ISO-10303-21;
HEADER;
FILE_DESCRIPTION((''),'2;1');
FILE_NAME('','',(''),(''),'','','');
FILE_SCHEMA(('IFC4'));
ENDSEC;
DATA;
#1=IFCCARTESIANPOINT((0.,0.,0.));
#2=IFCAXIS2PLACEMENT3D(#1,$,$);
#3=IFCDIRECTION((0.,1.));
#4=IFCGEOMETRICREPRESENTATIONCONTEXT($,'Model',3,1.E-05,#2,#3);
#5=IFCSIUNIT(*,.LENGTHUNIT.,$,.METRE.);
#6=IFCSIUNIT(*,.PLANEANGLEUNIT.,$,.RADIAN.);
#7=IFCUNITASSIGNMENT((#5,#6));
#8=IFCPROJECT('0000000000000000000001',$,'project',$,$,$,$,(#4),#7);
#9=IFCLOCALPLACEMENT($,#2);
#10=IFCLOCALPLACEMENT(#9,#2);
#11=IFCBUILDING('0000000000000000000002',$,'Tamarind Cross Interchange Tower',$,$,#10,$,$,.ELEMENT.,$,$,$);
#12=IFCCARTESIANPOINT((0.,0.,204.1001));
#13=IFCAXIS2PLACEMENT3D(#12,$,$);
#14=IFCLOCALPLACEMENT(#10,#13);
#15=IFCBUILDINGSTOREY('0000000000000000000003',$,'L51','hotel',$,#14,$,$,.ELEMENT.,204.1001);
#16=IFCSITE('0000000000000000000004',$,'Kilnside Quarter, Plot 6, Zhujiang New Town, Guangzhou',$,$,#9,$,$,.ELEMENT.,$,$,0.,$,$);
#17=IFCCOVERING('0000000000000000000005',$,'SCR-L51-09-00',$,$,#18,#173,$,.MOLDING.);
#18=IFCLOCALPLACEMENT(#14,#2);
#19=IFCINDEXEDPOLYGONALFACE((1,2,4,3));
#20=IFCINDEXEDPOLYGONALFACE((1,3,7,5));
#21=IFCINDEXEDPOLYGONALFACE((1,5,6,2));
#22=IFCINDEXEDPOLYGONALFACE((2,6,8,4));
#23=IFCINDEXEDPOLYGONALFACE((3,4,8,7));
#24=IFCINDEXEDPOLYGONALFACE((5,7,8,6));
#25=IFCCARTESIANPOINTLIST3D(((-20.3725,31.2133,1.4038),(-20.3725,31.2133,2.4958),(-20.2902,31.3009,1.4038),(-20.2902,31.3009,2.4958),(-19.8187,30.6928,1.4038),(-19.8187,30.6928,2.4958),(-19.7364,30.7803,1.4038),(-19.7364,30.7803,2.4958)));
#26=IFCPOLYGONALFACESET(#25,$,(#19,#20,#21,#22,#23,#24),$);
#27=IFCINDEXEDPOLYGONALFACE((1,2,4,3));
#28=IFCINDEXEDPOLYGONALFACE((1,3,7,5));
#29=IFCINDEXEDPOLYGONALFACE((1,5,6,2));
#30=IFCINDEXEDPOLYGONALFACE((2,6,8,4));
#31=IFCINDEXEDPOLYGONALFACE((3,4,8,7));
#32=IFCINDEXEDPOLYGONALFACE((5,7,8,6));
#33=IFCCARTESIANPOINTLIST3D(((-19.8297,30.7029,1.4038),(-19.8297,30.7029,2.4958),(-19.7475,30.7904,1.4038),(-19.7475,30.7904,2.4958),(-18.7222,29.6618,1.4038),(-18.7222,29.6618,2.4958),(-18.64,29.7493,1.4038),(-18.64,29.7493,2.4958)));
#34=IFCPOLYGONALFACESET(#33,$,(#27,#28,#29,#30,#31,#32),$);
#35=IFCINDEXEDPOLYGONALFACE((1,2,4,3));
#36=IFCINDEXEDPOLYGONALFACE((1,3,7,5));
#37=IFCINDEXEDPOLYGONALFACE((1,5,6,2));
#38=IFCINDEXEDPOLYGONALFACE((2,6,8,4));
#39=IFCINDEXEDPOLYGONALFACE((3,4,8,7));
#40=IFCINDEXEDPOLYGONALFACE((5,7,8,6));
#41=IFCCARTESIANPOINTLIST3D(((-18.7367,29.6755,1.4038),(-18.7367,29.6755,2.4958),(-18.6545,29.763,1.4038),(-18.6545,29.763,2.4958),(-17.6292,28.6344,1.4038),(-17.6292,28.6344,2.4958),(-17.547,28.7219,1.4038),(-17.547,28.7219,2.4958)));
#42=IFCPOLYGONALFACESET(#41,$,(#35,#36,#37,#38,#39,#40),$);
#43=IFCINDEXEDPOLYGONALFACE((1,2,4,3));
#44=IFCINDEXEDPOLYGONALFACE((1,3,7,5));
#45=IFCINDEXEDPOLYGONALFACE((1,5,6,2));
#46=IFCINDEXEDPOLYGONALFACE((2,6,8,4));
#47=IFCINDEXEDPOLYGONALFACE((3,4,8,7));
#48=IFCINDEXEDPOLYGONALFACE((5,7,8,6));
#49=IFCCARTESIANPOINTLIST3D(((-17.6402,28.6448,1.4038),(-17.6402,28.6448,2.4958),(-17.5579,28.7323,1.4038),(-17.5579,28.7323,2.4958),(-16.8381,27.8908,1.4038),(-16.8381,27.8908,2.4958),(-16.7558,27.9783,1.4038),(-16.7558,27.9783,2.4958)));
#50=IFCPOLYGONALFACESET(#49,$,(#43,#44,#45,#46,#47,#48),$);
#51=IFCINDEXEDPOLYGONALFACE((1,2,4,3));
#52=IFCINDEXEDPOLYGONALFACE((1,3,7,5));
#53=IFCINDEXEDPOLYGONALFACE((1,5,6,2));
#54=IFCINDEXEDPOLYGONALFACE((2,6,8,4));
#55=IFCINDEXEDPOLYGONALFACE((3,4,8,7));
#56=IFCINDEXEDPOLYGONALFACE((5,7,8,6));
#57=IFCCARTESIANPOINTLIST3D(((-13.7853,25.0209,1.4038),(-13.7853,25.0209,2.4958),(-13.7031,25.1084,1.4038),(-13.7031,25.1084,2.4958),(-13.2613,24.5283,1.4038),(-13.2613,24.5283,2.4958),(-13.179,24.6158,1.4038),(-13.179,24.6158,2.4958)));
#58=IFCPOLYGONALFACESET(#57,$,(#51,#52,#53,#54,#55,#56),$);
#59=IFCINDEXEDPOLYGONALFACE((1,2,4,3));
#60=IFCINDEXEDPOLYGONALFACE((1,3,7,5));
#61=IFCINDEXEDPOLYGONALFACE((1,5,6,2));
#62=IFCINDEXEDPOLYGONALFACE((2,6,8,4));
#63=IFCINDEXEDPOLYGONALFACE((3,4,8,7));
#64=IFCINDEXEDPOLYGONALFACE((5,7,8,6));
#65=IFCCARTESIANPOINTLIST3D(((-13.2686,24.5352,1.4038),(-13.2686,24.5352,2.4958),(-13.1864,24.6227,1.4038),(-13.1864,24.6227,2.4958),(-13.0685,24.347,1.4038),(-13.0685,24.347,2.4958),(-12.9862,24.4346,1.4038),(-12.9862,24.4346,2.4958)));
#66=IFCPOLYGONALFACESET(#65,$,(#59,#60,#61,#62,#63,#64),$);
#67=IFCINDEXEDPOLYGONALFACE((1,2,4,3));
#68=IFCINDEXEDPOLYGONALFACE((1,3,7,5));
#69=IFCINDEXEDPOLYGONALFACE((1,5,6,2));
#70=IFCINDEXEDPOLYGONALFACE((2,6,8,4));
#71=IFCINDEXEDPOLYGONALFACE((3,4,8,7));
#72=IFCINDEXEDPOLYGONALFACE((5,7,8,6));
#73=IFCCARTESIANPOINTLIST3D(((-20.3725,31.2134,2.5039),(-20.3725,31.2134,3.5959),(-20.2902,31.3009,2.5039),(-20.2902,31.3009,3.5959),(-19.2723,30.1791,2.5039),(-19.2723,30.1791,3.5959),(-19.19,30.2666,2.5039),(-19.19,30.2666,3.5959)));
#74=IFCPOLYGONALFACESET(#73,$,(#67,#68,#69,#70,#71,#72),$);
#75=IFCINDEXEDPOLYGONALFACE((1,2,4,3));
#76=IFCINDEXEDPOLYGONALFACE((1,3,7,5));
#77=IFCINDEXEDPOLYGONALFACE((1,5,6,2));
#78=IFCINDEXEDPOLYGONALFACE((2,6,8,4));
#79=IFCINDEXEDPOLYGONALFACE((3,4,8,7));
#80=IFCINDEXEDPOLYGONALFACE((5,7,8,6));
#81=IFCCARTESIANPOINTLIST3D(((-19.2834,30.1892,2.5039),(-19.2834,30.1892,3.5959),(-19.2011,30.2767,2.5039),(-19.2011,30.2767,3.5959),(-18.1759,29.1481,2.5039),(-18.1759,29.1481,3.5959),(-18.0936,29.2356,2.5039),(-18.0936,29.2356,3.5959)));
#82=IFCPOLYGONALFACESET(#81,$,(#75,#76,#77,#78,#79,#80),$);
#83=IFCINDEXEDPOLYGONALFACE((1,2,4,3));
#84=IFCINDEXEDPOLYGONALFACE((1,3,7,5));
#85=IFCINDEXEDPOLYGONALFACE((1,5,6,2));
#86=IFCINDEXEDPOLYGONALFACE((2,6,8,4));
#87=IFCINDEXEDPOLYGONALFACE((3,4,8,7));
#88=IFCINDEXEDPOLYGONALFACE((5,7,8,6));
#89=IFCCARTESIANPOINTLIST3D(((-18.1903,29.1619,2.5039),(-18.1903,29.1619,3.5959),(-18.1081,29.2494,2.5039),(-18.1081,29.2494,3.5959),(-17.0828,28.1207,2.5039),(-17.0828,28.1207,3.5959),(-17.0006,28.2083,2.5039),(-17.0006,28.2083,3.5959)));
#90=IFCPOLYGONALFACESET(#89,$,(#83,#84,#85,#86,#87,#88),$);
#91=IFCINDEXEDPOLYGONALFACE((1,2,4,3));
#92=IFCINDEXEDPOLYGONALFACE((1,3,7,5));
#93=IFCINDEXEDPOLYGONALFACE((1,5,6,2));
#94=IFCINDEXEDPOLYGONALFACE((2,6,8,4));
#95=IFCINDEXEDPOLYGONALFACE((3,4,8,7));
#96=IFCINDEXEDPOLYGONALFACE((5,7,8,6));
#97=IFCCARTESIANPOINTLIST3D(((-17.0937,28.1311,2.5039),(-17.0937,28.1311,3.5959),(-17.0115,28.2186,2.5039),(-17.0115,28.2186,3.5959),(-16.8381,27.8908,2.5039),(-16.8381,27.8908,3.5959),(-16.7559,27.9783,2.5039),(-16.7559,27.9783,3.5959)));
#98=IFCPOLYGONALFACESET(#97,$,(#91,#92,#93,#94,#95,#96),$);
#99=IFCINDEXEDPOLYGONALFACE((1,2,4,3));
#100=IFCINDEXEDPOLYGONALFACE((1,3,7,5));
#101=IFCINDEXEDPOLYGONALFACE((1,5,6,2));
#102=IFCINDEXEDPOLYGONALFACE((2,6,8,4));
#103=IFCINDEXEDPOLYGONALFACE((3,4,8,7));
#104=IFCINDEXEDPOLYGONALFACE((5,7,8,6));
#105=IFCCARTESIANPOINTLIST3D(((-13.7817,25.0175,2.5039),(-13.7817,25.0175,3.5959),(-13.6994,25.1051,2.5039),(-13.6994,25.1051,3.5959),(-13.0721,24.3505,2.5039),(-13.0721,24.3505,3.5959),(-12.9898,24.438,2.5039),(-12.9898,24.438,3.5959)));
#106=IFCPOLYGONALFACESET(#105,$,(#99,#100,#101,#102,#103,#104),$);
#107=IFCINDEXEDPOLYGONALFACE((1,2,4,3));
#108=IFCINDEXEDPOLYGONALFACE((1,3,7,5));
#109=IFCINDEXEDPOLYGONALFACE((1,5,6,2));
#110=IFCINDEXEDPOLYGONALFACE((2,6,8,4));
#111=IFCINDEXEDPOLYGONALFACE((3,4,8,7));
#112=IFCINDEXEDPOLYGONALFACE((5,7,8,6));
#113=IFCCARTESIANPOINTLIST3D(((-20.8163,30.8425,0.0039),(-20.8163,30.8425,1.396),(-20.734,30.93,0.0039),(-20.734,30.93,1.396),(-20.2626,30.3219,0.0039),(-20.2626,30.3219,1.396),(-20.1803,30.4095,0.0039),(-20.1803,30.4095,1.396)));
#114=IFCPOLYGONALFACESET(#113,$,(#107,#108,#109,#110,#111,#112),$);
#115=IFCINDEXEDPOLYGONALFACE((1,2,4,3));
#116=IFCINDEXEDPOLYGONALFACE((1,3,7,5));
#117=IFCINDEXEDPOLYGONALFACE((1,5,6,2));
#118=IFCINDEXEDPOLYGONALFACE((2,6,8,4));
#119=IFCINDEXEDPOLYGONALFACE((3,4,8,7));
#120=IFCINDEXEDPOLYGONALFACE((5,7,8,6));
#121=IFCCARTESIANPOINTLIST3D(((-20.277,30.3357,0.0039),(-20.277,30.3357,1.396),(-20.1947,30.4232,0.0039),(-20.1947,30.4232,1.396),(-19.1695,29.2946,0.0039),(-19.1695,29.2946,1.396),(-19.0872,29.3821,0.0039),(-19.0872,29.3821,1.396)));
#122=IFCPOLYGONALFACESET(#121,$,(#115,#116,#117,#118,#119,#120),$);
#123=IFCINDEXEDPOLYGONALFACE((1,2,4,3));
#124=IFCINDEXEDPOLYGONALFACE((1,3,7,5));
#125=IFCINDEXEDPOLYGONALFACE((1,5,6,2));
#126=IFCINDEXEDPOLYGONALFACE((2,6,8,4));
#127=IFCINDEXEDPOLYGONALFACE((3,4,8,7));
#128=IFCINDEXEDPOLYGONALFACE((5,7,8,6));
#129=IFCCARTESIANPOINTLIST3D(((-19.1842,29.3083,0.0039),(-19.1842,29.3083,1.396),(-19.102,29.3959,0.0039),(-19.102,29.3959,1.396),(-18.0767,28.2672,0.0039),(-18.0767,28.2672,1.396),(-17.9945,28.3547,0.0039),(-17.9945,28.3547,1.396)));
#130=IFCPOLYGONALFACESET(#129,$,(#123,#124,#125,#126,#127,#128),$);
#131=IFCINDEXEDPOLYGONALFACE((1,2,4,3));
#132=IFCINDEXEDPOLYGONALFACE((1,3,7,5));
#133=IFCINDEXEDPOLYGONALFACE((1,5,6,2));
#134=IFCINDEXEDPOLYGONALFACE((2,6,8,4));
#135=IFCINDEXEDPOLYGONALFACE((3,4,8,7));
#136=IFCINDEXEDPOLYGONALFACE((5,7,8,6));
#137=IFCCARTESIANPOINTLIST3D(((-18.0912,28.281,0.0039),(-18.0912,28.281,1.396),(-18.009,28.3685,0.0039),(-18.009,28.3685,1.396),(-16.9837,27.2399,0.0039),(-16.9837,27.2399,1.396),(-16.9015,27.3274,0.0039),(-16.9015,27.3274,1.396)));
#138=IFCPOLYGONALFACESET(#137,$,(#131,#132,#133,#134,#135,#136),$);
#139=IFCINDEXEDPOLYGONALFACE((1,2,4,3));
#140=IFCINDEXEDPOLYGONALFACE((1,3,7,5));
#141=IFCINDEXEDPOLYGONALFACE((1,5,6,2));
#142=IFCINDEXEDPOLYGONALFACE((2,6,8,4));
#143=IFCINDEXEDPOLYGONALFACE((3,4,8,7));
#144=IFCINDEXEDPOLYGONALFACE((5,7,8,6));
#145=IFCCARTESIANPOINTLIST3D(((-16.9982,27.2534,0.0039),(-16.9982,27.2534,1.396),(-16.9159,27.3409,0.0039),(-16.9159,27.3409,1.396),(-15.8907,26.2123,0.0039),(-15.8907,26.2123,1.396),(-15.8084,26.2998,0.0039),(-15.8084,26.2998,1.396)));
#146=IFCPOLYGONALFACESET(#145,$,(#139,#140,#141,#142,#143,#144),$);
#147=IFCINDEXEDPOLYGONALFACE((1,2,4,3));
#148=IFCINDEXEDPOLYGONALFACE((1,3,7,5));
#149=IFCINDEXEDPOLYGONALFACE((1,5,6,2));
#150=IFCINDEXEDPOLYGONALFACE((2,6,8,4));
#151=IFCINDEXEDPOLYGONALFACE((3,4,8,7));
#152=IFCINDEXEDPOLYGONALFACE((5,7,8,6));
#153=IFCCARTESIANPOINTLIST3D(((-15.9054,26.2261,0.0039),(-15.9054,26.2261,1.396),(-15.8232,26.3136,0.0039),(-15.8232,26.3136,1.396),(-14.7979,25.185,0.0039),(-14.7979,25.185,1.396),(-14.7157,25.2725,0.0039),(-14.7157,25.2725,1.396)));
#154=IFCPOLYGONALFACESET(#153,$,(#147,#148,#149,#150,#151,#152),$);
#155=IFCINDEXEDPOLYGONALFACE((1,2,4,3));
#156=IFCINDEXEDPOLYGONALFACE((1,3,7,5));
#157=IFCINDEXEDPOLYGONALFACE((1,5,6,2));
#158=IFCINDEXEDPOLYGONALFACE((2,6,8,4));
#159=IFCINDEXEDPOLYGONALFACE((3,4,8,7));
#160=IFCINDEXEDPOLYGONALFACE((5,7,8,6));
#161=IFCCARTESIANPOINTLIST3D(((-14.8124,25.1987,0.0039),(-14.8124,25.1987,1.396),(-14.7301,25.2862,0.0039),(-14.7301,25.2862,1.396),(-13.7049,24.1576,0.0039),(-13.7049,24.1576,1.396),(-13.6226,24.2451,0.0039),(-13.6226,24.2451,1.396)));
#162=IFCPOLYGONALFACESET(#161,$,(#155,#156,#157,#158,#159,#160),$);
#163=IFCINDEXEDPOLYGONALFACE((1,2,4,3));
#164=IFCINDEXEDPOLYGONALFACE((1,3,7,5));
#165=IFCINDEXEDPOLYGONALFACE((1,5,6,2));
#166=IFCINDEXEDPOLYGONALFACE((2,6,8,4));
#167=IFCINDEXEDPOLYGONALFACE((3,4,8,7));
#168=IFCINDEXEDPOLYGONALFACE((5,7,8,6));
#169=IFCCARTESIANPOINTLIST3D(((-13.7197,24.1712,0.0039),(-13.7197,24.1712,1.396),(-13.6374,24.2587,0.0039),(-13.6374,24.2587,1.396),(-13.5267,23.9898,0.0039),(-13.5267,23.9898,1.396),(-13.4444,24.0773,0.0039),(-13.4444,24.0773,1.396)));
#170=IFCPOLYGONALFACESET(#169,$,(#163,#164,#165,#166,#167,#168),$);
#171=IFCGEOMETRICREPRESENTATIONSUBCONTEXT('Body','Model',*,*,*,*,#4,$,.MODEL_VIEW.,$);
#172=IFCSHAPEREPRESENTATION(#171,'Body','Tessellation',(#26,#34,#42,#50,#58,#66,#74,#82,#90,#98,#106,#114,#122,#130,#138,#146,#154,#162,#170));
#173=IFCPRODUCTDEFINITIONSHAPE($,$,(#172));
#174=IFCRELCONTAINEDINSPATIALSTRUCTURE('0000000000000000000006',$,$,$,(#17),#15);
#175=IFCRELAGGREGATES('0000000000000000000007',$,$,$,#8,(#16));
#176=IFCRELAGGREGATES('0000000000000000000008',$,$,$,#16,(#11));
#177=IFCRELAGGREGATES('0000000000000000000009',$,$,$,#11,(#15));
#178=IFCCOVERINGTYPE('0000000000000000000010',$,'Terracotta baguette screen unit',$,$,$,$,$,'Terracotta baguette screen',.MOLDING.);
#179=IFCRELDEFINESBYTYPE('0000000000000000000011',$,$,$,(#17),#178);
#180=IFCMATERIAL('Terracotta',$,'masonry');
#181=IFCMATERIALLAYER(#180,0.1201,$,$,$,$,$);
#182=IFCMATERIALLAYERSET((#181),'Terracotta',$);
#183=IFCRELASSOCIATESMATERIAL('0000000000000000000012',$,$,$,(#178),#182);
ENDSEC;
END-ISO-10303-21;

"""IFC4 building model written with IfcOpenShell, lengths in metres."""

from ifc_helpers import new_model, si_unit, direction, frame, origin, origin_2d, place, context, subcontext, project, spatial, rectangle, extrude, material, layer, layer_set, type_object, element, save


model = new_model("IFC4")

# Units and contexts
model_context = context("Model", 3, precision=1e-05, world=origin(), true_north=direction((0.0, 1.0)))
body_context = subcontext(model_context, "Body", "Model", "MODEL_VIEW")
ifc_project = project(units=[si_unit("LENGTHUNIT", "METRE"), si_unit("PLANEANGLEUNIT", "RADIAN")], contexts=[model_context])

# Site, building, storey
site_placement = place(None, origin())
site = spatial("IfcSite", under=ifc_project, at=site_placement, Name="Kilnside Quarter, Plot 6, Zhujiang New Town, Guangzhou", CompositionType="ELEMENT", RefElevation=0.0)
building_placement = place(site_placement, origin())
building = spatial("IfcBuilding", under=site, at=building_placement, Name="Tamarind Cross Interchange Tower", CompositionType="ELEMENT")
storey_placement = place(building_placement, frame((0.0, 0.0, 204.1001)))
storey = spatial("IfcBuildingStorey", under=building, at=storey_placement, Name="L51", Description="hotel", CompositionType="ELEMENT", Elevation=204.1001)

# Covering
ifc_material_1 = material(Name="Terracotta", Category="masonry")
ifc_layer_1 = layer(ifc_material_1, 0.1201)
ifc_layer_set_1 = layer_set([ifc_layer_1], Name="Terracotta")
covering_type = type_object("IfcCoveringType", Name="Terracotta baguette screen unit", ElementType="Terracotta baguette screen", PredefinedType="MOLDING", material=ifc_layer_set_1)
covering_1_placement = place(storey_placement, origin())
element("IfcCovering", 1, at=covering_1_placement, inside=storey, type_object=covering_type, Name="SCR-L51-09-00", PredefinedType="MOLDING", context=body_context, shape_type="SweptSolid", body=[
    extrude(rectangle(XDim=0.76, YDim=0.1201, at=origin_2d()), frame((-20.0544, 30.9968, 1.4038), z_axis=(0.0, 0.0, 1.0), x_axis=(0.728609, -0.68493, 0.0)), (0.0, 0.0, 1.0), 1.092),
    extrude(rectangle(XDim=1.52, YDim=0.1201, at=origin_2d()), frame((-19.2349, 30.2261, 1.4038), z_axis=(0.0, 0.0, 1.0), x_axis=(0.728609, -0.68493, 0.0)), (0.0, 0.0, 1.0), 1.092),
    extrude(rectangle(XDim=1.52, YDim=0.1201, at=origin_2d()), frame((-18.1418, 29.1987, 1.4038), z_axis=(0.0, 0.0, 1.0), x_axis=(0.728609, -0.68493, 0.0)), (0.0, 0.0, 1.0), 1.092),
    extrude(rectangle(XDim=1.1008, YDim=0.1201, at=origin_2d()), frame((-17.198, 28.3115, 1.4038), z_axis=(0.0, 0.0, 1.0), x_axis=(0.728609, -0.68493, 0.0)), (0.0, 0.0, 1.0), 1.092),
    extrude(rectangle(XDim=0.7192, YDim=0.1201, at=origin_2d()), frame((-13.4822, 24.8184, 1.4038), z_axis=(0.0, 0.0, 1.0), x_axis=(0.728609, -0.68493, 0.0)), (0.0, 0.0, 1.0), 1.092),
    extrude(rectangle(XDim=0.2747, YDim=0.1201, at=origin_2d()), frame((-13.1274, 24.4849, 1.4038), z_axis=(0.0, 0.0, 1.0), x_axis=(0.728609, -0.68493, 0.0)), (0.0, 0.0, 1.0), 1.092),
    extrude(rectangle(XDim=1.51, YDim=0.1201, at=origin_2d()), frame((-19.7812, 30.74, 2.5039), z_axis=(0.0, 0.0, 1.0), x_axis=(0.728609, -0.68493, 0.0)), (0.0, 0.0, 1.0), 1.092),
    extrude(rectangle(XDim=1.52, YDim=0.1201, at=origin_2d()), frame((-18.6885, 29.7124, 2.5039), z_axis=(0.0, 0.0, 1.0), x_axis=(0.728609, -0.68493, 0.0)), (0.0, 0.0, 1.0), 1.092),
    extrude(rectangle(XDim=1.52, YDim=0.1201, at=origin_2d()), frame((-17.5955, 28.6851, 2.5039), z_axis=(0.0, 0.0, 1.0), x_axis=(0.728609, -0.68493, 0.0)), (0.0, 0.0, 1.0), 1.092),
    extrude(rectangle(XDim=0.3508, YDim=0.1201, at=origin_2d()), frame((-16.9248, 28.0547, 2.5039), z_axis=(0.0, 0.0, 1.0), x_axis=(0.728609, -0.68493, 0.0)), (0.0, 0.0, 1.0), 1.092),
    extrude(rectangle(XDim=0.9739, YDim=0.1201, at=origin_2d()), frame((-13.3857, 24.7278, 2.5039), z_axis=(0.0, 0.0, 1.0), x_axis=(0.728609, -0.68493, 0.0)), (0.0, 0.0, 1.0), 1.092),
    extrude(rectangle(XDim=0.76, YDim=0.1201, at=origin_2d()), frame((-20.4983, 30.626, 0.0039), z_axis=(0.0, 0.0, 1.0), x_axis=(0.728609, -0.68493, 0.0)), (0.0, 0.0, 1.0), 1.3921),
    extrude(rectangle(XDim=1.52, YDim=0.1201, at=origin_2d()), frame((-19.6821, 29.8589, 0.0039), z_axis=(0.0, 0.0, 1.0), x_axis=(0.728609, -0.68493, 0.0)), (0.0, 0.0, 1.0), 1.3921),
    extrude(rectangle(XDim=1.52, YDim=0.1201, at=origin_2d()), frame((-18.5894, 28.8315, 0.0039), z_axis=(0.0, 0.0, 1.0), x_axis=(0.728609, -0.68493, 0.0)), (0.0, 0.0, 1.0), 1.3921),
    extrude(rectangle(XDim=1.52, YDim=0.1201, at=origin_2d()), frame((-17.4963, 27.8042, 0.0039), z_axis=(0.0, 0.0, 1.0), x_axis=(0.728609, -0.68493, 0.0)), (0.0, 0.0, 1.0), 1.3921),
    extrude(rectangle(XDim=1.52, YDim=0.1201, at=origin_2d()), frame((-16.4033, 26.7766, 0.0039), z_axis=(0.0, 0.0, 1.0), x_axis=(0.728609, -0.68493, 0.0)), (0.0, 0.0, 1.0), 1.3921),
    extrude(rectangle(XDim=1.52, YDim=0.1201, at=origin_2d()), frame((-15.3105, 25.7493, 0.0039), z_axis=(0.0, 0.0, 1.0), x_axis=(0.728609, -0.68493, 0.0)), (0.0, 0.0, 1.0), 1.3921),
    extrude(rectangle(XDim=1.52, YDim=0.1201, at=origin_2d()), frame((-14.2175, 24.7219, 0.0039), z_axis=(0.0, 0.0, 1.0), x_axis=(0.728609, -0.68493, 0.0)), (0.0, 0.0, 1.0), 1.3921),
    extrude(rectangle(XDim=0.2649, YDim=0.1201, at=origin_2d()), frame((-13.582, 24.1243, 0.0039), z_axis=(0.0, 0.0, 1.0), x_axis=(0.728609, -0.68493, 0.0)), (0.0, 0.0, 1.0), 1.3921),
])

save(model, "model.ifc")
